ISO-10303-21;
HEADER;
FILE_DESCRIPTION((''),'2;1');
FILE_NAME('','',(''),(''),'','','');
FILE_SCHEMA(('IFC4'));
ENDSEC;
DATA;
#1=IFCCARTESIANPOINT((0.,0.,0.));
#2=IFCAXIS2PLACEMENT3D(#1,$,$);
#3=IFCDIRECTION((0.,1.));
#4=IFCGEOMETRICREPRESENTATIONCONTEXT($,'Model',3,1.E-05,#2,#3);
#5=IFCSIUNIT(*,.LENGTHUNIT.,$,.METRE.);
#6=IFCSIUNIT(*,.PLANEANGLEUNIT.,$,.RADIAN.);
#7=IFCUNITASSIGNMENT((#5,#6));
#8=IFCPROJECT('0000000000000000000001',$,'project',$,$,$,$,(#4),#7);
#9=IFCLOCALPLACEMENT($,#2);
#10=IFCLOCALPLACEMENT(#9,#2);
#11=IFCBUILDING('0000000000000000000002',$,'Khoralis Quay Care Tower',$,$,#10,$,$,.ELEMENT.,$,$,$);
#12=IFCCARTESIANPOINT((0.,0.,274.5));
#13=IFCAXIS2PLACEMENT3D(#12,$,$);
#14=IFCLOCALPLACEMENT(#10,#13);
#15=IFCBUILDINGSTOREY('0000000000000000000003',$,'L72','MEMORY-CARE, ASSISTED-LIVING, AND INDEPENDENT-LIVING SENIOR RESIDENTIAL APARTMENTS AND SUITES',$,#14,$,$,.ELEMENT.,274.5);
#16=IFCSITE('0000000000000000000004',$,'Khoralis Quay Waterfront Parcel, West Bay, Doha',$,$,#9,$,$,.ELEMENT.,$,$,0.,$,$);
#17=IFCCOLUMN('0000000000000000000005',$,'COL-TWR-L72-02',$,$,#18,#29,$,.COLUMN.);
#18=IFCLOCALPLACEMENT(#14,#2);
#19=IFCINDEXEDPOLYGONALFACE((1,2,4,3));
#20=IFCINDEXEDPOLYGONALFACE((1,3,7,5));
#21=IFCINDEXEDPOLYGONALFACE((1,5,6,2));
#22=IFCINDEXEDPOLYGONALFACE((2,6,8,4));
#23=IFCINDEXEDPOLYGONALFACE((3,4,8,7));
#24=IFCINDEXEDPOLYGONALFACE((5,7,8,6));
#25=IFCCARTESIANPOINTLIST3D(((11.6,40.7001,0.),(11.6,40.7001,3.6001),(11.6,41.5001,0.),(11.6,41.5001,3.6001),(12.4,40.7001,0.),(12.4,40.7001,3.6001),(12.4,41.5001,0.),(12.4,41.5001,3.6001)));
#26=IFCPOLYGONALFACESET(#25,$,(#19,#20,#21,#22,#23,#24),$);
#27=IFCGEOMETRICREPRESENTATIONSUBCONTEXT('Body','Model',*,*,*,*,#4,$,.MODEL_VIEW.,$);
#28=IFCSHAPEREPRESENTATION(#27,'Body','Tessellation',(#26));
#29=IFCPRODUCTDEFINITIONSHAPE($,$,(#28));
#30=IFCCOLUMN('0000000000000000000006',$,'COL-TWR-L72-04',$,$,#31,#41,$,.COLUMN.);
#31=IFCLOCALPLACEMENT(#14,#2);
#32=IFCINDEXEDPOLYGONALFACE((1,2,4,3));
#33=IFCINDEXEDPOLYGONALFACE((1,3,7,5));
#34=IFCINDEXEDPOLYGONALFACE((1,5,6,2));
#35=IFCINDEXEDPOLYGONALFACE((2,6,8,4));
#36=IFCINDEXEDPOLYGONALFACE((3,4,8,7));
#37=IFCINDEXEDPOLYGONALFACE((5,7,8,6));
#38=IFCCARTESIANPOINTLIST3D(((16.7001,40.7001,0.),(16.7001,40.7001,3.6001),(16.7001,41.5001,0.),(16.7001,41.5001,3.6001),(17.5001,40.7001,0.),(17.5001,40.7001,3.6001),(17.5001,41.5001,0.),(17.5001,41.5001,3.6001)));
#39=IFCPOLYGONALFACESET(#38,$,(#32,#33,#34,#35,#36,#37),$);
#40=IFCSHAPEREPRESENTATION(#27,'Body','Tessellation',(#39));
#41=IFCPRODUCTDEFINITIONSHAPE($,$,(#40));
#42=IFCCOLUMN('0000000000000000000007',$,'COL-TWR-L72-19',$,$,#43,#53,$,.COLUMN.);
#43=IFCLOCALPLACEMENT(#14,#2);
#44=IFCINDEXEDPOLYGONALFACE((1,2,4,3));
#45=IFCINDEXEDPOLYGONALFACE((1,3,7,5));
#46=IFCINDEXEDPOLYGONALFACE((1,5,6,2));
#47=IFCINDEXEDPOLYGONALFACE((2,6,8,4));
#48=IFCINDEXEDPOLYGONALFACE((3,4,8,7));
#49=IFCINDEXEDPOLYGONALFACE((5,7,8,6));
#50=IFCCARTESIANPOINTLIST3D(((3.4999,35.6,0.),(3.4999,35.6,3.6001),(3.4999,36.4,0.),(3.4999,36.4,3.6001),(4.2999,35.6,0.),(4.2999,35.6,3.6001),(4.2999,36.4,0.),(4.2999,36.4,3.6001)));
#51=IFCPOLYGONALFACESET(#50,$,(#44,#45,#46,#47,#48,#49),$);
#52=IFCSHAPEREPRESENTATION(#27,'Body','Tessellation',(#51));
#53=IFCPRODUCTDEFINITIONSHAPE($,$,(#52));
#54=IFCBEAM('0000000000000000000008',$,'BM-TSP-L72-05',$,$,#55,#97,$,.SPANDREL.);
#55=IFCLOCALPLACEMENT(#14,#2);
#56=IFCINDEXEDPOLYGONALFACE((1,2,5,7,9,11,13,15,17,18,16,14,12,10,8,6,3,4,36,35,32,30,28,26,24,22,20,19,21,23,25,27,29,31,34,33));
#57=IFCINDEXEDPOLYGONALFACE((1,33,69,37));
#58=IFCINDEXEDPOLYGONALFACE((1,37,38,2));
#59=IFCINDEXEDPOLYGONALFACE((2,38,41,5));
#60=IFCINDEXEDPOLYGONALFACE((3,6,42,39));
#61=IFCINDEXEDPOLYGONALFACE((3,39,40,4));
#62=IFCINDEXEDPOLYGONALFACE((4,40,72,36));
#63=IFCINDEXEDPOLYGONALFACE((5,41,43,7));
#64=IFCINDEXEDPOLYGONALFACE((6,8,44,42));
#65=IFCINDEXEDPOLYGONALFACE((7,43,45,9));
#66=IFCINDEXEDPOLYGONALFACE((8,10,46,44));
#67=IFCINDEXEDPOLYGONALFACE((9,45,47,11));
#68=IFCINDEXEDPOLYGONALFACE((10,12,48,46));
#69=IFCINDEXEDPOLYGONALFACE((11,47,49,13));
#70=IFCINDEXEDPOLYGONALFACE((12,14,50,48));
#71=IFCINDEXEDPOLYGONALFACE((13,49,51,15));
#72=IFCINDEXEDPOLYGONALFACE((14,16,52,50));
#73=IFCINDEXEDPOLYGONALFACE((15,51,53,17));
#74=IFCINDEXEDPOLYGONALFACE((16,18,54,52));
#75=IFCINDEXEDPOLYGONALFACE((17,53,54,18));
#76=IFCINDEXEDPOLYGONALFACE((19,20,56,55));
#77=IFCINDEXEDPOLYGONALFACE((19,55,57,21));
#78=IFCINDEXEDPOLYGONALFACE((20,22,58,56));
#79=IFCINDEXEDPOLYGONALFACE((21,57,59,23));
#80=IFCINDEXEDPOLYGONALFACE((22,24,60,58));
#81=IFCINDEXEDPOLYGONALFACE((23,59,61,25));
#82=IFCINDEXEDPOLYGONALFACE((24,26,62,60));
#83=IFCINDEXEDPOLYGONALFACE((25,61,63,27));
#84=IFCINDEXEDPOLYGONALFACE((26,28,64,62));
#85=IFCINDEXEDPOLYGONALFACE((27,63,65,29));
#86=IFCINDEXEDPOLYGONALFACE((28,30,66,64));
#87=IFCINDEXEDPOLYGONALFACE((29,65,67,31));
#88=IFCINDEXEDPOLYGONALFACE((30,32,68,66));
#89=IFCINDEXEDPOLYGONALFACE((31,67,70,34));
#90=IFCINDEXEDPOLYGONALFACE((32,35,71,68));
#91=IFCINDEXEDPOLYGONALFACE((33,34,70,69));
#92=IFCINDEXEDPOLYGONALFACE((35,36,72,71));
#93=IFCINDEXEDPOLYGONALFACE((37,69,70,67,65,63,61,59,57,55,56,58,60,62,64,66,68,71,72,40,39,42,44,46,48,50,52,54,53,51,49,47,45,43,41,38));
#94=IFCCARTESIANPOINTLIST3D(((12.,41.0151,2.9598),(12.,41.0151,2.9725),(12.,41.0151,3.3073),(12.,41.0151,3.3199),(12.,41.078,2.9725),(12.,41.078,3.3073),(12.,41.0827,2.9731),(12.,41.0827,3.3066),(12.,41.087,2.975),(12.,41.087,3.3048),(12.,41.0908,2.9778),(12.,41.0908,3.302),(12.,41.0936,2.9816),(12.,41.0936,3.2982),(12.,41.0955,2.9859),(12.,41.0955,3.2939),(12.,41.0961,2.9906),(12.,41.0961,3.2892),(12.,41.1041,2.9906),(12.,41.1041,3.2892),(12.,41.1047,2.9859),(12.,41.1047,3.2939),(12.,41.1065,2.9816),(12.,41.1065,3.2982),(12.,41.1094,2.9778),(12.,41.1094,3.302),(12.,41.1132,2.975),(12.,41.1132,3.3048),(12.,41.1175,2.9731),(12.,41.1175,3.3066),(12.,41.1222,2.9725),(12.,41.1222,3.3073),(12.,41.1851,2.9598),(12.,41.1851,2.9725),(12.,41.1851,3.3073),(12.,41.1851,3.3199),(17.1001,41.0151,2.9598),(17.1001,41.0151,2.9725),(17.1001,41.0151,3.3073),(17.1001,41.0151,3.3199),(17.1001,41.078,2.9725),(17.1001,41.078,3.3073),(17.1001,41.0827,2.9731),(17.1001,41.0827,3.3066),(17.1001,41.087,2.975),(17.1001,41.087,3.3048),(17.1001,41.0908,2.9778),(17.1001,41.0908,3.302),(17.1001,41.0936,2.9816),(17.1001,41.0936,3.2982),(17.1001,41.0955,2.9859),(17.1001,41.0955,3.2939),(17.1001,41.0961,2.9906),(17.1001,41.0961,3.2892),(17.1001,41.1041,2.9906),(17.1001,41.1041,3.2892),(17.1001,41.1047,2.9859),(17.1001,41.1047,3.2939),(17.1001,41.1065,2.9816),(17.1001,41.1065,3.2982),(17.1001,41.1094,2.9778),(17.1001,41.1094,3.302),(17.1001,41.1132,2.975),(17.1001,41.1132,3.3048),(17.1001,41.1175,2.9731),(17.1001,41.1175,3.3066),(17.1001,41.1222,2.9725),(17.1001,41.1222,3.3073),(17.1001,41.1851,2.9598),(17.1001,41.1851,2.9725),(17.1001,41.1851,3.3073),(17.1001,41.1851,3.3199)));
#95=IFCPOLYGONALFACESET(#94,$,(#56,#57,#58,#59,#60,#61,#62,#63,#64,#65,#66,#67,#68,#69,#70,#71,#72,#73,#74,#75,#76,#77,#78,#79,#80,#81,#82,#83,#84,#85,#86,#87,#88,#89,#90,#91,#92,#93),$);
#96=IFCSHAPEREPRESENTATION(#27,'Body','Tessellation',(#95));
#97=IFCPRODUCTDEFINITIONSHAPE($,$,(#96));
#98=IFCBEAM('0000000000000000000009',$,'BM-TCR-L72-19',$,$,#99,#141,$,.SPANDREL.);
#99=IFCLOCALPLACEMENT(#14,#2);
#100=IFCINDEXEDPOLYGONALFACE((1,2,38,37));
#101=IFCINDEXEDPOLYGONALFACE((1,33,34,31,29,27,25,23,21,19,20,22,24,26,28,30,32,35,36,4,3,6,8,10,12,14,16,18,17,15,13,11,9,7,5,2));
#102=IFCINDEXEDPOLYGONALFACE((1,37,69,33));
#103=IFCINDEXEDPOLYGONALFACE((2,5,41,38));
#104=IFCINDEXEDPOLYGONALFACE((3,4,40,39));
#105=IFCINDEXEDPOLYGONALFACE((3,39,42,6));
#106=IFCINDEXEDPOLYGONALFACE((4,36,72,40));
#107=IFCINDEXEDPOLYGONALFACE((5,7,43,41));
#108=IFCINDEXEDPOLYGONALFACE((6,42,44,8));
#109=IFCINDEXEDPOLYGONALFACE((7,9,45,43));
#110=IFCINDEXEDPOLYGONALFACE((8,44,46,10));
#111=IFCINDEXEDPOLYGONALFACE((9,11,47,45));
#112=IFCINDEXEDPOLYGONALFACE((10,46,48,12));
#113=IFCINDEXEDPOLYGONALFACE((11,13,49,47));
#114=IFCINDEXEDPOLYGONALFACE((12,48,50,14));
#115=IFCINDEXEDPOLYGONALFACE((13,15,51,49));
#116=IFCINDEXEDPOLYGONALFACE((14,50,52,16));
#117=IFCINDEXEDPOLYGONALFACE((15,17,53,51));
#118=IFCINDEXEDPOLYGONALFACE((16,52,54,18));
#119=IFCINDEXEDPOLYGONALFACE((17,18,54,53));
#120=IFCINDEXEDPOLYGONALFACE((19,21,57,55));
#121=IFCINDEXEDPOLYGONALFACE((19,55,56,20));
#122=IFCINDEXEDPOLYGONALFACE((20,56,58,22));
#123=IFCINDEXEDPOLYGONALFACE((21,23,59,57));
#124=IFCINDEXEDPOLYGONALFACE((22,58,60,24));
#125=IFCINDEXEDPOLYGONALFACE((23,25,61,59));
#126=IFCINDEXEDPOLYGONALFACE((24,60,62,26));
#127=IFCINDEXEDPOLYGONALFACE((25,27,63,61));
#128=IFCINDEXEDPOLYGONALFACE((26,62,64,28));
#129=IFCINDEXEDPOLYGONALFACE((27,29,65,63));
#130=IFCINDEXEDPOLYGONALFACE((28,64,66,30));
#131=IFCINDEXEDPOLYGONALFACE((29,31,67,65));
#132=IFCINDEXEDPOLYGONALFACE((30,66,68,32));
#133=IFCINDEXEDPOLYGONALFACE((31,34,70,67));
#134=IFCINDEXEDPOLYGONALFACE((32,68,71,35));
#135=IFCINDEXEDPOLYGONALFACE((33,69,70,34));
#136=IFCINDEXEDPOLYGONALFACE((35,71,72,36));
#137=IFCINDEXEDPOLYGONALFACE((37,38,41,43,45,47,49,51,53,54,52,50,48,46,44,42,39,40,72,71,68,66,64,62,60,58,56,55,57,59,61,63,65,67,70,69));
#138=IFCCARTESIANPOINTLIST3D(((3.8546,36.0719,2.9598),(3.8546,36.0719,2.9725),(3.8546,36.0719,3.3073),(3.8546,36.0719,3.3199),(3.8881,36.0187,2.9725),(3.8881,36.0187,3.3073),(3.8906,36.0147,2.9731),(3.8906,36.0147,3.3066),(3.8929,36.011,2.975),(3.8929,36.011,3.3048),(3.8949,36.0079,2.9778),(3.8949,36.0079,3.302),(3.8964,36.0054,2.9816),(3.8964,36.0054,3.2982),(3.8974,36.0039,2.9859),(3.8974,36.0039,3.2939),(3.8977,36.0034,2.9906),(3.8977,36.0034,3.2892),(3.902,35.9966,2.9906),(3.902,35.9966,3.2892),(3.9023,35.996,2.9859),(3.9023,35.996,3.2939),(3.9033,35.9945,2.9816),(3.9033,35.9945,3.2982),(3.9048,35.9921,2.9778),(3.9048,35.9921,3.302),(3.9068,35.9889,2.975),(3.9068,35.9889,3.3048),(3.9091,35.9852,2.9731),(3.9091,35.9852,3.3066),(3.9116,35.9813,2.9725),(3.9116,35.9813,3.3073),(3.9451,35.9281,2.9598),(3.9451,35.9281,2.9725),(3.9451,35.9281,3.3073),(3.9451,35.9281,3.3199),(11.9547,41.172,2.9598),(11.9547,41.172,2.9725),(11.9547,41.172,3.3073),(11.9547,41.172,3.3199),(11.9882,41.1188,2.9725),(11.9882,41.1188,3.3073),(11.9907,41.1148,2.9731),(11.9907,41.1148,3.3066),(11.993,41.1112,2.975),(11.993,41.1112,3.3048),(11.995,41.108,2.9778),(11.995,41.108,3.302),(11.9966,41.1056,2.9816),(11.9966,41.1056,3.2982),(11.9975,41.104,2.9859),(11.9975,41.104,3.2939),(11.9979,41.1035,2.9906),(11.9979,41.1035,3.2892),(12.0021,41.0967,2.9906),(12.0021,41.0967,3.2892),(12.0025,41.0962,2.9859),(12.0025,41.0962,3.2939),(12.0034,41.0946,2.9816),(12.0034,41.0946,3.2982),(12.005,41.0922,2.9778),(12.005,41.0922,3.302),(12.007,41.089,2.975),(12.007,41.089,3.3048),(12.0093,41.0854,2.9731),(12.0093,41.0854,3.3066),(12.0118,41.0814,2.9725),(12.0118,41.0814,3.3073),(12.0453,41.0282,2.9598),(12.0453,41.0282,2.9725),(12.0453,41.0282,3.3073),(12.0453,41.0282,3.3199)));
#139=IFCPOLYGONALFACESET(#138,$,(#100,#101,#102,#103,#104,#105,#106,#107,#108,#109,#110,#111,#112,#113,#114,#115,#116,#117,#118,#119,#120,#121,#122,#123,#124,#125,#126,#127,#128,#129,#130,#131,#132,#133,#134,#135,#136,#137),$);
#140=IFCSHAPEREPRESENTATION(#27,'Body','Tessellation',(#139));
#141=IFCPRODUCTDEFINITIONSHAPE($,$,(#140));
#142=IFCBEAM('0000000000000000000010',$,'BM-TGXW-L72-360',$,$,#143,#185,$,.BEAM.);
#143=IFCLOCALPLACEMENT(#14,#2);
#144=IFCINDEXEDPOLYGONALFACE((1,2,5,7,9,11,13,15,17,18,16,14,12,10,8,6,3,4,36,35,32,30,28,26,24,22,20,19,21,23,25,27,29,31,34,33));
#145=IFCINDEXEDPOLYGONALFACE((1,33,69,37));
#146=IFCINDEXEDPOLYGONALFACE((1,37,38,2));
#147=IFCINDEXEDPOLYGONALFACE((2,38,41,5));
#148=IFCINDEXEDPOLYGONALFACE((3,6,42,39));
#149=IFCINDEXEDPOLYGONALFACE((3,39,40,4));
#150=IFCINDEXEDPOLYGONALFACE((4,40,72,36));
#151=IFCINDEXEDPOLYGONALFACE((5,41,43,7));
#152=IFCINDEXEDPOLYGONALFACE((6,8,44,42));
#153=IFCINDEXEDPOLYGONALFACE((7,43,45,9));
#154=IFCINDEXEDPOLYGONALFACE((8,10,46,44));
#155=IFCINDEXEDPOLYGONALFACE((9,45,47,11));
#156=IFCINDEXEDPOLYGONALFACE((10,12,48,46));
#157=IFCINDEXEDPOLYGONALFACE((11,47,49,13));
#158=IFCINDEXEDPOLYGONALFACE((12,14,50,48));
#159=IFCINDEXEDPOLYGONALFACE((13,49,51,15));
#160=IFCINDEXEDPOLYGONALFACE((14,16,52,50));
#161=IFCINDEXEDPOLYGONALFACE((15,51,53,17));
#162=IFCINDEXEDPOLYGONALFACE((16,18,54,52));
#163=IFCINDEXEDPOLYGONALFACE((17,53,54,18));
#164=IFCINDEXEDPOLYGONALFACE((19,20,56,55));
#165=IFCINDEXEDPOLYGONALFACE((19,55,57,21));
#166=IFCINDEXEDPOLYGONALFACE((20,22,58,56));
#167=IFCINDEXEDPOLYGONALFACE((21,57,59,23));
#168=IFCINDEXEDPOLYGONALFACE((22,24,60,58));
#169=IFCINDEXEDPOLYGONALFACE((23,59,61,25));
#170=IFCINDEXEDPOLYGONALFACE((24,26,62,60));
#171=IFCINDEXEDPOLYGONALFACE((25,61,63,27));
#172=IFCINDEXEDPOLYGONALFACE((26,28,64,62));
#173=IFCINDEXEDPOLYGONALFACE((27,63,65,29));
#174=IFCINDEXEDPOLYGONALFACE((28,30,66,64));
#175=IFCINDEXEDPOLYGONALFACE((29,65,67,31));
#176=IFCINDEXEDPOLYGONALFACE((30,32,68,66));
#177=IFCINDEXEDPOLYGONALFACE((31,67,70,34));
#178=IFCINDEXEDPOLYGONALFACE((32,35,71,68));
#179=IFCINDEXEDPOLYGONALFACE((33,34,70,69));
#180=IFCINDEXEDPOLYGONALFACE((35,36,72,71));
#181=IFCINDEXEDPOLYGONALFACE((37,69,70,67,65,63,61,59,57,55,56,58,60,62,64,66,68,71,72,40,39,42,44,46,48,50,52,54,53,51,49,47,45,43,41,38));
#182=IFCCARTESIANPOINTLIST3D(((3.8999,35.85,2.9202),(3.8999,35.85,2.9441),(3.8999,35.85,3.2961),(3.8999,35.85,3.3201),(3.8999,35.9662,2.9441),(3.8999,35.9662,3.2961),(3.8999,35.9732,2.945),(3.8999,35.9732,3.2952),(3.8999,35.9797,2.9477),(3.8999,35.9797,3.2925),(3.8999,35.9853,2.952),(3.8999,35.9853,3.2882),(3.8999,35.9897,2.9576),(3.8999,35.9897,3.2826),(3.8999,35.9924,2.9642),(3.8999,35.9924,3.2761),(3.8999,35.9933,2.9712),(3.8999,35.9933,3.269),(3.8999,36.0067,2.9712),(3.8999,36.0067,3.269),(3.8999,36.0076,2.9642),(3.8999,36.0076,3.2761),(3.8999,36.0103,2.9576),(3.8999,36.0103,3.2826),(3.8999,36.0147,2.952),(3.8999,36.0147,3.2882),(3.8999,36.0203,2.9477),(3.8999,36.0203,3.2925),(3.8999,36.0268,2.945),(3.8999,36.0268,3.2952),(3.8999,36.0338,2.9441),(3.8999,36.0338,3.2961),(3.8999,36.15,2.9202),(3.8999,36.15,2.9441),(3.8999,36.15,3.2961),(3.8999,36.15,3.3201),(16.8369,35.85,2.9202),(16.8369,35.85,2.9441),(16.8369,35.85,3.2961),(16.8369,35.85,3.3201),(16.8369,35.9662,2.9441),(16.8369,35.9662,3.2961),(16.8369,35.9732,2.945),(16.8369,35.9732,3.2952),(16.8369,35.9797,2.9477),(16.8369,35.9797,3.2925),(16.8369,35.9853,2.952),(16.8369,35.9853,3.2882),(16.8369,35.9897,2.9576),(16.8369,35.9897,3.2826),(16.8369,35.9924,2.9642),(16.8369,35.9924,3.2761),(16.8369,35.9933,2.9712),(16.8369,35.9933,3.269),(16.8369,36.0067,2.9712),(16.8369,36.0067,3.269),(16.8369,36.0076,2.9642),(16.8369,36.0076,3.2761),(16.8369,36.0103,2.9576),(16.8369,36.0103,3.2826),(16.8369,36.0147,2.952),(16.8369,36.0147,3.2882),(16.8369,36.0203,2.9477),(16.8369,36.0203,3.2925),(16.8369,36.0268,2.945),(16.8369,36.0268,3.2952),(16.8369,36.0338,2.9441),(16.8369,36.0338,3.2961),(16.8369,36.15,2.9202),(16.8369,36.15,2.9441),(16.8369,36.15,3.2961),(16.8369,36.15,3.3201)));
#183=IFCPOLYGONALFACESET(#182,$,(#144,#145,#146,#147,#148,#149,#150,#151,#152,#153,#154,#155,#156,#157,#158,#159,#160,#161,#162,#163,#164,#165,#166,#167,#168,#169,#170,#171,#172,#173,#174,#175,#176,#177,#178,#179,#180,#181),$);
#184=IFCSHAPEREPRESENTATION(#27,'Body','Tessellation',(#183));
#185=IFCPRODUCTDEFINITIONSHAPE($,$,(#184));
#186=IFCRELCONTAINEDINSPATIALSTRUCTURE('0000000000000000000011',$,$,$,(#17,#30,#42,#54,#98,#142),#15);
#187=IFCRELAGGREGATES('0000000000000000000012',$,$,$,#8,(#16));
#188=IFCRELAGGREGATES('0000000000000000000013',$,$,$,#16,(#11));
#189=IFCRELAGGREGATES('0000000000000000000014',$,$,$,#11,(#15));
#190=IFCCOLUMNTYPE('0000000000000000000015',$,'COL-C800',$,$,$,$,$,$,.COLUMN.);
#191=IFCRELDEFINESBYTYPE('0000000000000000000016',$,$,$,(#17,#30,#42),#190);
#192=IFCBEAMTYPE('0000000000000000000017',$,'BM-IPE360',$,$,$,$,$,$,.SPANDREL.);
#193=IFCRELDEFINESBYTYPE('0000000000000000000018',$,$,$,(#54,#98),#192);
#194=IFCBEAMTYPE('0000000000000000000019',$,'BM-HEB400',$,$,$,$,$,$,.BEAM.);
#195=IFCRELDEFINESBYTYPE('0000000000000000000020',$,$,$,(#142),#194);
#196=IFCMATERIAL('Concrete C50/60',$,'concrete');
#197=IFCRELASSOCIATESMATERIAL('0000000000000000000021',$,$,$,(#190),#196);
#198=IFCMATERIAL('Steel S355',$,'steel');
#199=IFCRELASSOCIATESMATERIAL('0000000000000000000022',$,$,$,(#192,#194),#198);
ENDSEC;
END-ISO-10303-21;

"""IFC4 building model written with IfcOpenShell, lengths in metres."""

from ifc_helpers import new_model, si_unit, direction, frame, origin, origin_2d, place, context, subcontext, project, spatial, rectangle, i_section, extrude, source, transform, mapped, material, material_profile, profile_set, type_object, element, save


model = new_model("IFC4")

# Units and contexts
model_context = context("Model", 3, precision=1e-05, world=origin(), true_north=direction((0.0, 1.0)))
body_context = subcontext(model_context, "Body", "Model", "MODEL_VIEW")
ifc_project = project(units=[si_unit("LENGTHUNIT", "METRE"), si_unit("PLANEANGLEUNIT", "RADIAN")], contexts=[model_context])

# Site, building, storey
site_placement = place(None, origin())
site = spatial("IfcSite", under=ifc_project, at=site_placement, Name="Khoralis Quay Waterfront Parcel, West Bay, Doha", CompositionType="ELEMENT", RefElevation=0.0)
building_placement = place(site_placement, origin())
building = spatial("IfcBuilding", under=site, at=building_placement, Name="Khoralis Quay Care Tower", CompositionType="ELEMENT")
storey_placement = place(building_placement, frame((0.0, 0.0, 274.5)))
storey = spatial("IfcBuildingStorey", under=building, at=storey_placement, Name="L72", Description="MEMORY-CARE, ASSISTED-LIVING, AND INDEPENDENT-LIVING SENIOR RESIDENTIAL APARTMENTS AND SUITES", CompositionType="ELEMENT", Elevation=274.5)

# Columns
ifc_material_1 = material(Name="Concrete C50/60", Category="concrete")
ifc_material_profile_1 = material_profile(ifc_material_1, rectangle(XDim=0.8, YDim=0.8, at=origin_2d()), Name="Concrete C50/60")
ifc_profile_set_1 = profile_set([ifc_material_profile_1], Name="Concrete C50/60")
column_type = type_object("IfcColumnType", Name="COL-C800", PredefinedType="COLUMN", material=ifc_profile_set_1)
shared_shape_1 = source(origin(), body_context, "Body", "SweptSolid", [
    extrude(rectangle(XDim=0.8, YDim=0.8, at=origin_2d()), origin(), (0.0, 0.0, 1.0), 3.6001),
])
for number, where, z_axis, x_axis, name in (
    (1, (12.0, 41.1001, 0.0), (0.0, 0.0, 1.0), (1.0, 0.0, 0.0), "COL-TWR-L72-02"),
    (2, (17.1001, 41.1001, 0.0), (0.0, 0.0, 1.0), (1.0, 0.0, 0.0), "COL-TWR-L72-04"),
    (3, (3.8999, 36.0, 0.0), (0.0, 0.0, 1.0), (1.0, 0.0, 0.0), "COL-TWR-L72-19"),
):
    element("IfcColumn", number, at=place(storey_placement, frame(where, z_axis=z_axis, x_axis=x_axis)), inside=storey, type_object=column_type, Name=name, PredefinedType="COLUMN", context=body_context, shape_type="MappedRepresentation", body=[
        mapped(shared_shape_1, transform((0.0, 0.0, 0.0), scale=1.0)),
    ])

# Beams
ifc_material_2 = material(Name="Steel S355", Category="steel")
ifc_material_profile_2 = material_profile(ifc_material_2, i_section(OverallWidth=0.1699, OverallDepth=0.3601, WebThickness=0.0081, FlangeThickness=0.0127, FilletRadius=0.0181, at=origin_2d()), Name="Steel S355")
ifc_profile_set_2 = profile_set([ifc_material_profile_2], Name="Steel S355")
beam_type_1 = type_object("IfcBeamType", Name="BM-IPE360", PredefinedType="SPANDREL", material=ifc_profile_set_2)
shared_shape_2 = source(origin(), body_context, "Body", "SweptSolid", [
    extrude(i_section(OverallWidth=0.1699, OverallDepth=0.3601, WebThickness=0.0081, FlangeThickness=0.0127, FilletRadius=0.0181, at=origin_2d()), origin(), (0.0, 0.0, 1.0), 5.1001),
])
beam_1_placement = place(storey_placement, frame((12.0, 41.1001, 3.1399), z_axis=(1.0, 0.0, 0.0), x_axis=(0.0, 1.0, 0.0)))
element("IfcBeam", 4, at=beam_1_placement, inside=storey, type_object=beam_type_1, Name="BM-TSP-L72-05", PredefinedType="SPANDREL", context=body_context, shape_type="MappedRepresentation", body=[
    mapped(shared_shape_2, transform((0.0, 0.0, 0.0), scale=1.0)),
])
shared_shape_3 = source(origin(), body_context, "Body", "SweptSolid", [
    extrude(i_section(OverallWidth=0.1699, OverallDepth=0.3601, WebThickness=0.0081, FlangeThickness=0.0127, FilletRadius=0.0181, at=origin_2d()), origin(), (0.0, 0.0, 1.0), 9.572),
])
beam_2_placement = place(storey_placement, frame((12.0, 41.1001, 3.1399), z_axis=(-0.846231, -0.532816, 0.0), x_axis=(0.532816, -0.846231, 0.0)))
element("IfcBeam", 5, at=beam_2_placement, inside=storey, type_object=beam_type_1, Name="BM-TCR-L72-19", PredefinedType="SPANDREL", context=body_context, shape_type="MappedRepresentation", body=[
    mapped(shared_shape_3, transform((0.0, 0.0, 0.0), scale=1.0)),
])
ifc_material_profile_3 = material_profile(ifc_material_2, i_section(OverallWidth=0.3, OverallDepth=0.3999, WebThickness=0.0134, FlangeThickness=0.0239, FilletRadius=0.0271, at=origin_2d()), Name="Steel S355")
ifc_profile_set_3 = profile_set([ifc_material_profile_3], Name="Steel S355")
beam_type_2 = type_object("IfcBeamType", Name="BM-HEB400", PredefinedType="BEAM", material=ifc_profile_set_3)
shared_shape_4 = source(origin(), body_context, "Body", "SweptSolid", [
    extrude(i_section(OverallWidth=0.3, OverallDepth=0.3999, WebThickness=0.0134, FlangeThickness=0.0239, FilletRadius=0.0271, at=origin_2d()), origin(), (0.0, 0.0, 1.0), 12.937),
])
beam_3_placement = place(storey_placement, frame((3.8999, 36.0, 3.1201), z_axis=(1.0, 0.0, 0.0), x_axis=(0.0, 1.0, 0.0)))
element("IfcBeam", 6, at=beam_3_placement, inside=storey, type_object=beam_type_2, Name="BM-TGXW-L72-360", PredefinedType="BEAM", context=body_context, shape_type="MappedRepresentation", body=[
    mapped(shared_shape_4, transform((0.0, 0.0, 0.0), scale=1.0)),
])

save(model, "model.ifc")
